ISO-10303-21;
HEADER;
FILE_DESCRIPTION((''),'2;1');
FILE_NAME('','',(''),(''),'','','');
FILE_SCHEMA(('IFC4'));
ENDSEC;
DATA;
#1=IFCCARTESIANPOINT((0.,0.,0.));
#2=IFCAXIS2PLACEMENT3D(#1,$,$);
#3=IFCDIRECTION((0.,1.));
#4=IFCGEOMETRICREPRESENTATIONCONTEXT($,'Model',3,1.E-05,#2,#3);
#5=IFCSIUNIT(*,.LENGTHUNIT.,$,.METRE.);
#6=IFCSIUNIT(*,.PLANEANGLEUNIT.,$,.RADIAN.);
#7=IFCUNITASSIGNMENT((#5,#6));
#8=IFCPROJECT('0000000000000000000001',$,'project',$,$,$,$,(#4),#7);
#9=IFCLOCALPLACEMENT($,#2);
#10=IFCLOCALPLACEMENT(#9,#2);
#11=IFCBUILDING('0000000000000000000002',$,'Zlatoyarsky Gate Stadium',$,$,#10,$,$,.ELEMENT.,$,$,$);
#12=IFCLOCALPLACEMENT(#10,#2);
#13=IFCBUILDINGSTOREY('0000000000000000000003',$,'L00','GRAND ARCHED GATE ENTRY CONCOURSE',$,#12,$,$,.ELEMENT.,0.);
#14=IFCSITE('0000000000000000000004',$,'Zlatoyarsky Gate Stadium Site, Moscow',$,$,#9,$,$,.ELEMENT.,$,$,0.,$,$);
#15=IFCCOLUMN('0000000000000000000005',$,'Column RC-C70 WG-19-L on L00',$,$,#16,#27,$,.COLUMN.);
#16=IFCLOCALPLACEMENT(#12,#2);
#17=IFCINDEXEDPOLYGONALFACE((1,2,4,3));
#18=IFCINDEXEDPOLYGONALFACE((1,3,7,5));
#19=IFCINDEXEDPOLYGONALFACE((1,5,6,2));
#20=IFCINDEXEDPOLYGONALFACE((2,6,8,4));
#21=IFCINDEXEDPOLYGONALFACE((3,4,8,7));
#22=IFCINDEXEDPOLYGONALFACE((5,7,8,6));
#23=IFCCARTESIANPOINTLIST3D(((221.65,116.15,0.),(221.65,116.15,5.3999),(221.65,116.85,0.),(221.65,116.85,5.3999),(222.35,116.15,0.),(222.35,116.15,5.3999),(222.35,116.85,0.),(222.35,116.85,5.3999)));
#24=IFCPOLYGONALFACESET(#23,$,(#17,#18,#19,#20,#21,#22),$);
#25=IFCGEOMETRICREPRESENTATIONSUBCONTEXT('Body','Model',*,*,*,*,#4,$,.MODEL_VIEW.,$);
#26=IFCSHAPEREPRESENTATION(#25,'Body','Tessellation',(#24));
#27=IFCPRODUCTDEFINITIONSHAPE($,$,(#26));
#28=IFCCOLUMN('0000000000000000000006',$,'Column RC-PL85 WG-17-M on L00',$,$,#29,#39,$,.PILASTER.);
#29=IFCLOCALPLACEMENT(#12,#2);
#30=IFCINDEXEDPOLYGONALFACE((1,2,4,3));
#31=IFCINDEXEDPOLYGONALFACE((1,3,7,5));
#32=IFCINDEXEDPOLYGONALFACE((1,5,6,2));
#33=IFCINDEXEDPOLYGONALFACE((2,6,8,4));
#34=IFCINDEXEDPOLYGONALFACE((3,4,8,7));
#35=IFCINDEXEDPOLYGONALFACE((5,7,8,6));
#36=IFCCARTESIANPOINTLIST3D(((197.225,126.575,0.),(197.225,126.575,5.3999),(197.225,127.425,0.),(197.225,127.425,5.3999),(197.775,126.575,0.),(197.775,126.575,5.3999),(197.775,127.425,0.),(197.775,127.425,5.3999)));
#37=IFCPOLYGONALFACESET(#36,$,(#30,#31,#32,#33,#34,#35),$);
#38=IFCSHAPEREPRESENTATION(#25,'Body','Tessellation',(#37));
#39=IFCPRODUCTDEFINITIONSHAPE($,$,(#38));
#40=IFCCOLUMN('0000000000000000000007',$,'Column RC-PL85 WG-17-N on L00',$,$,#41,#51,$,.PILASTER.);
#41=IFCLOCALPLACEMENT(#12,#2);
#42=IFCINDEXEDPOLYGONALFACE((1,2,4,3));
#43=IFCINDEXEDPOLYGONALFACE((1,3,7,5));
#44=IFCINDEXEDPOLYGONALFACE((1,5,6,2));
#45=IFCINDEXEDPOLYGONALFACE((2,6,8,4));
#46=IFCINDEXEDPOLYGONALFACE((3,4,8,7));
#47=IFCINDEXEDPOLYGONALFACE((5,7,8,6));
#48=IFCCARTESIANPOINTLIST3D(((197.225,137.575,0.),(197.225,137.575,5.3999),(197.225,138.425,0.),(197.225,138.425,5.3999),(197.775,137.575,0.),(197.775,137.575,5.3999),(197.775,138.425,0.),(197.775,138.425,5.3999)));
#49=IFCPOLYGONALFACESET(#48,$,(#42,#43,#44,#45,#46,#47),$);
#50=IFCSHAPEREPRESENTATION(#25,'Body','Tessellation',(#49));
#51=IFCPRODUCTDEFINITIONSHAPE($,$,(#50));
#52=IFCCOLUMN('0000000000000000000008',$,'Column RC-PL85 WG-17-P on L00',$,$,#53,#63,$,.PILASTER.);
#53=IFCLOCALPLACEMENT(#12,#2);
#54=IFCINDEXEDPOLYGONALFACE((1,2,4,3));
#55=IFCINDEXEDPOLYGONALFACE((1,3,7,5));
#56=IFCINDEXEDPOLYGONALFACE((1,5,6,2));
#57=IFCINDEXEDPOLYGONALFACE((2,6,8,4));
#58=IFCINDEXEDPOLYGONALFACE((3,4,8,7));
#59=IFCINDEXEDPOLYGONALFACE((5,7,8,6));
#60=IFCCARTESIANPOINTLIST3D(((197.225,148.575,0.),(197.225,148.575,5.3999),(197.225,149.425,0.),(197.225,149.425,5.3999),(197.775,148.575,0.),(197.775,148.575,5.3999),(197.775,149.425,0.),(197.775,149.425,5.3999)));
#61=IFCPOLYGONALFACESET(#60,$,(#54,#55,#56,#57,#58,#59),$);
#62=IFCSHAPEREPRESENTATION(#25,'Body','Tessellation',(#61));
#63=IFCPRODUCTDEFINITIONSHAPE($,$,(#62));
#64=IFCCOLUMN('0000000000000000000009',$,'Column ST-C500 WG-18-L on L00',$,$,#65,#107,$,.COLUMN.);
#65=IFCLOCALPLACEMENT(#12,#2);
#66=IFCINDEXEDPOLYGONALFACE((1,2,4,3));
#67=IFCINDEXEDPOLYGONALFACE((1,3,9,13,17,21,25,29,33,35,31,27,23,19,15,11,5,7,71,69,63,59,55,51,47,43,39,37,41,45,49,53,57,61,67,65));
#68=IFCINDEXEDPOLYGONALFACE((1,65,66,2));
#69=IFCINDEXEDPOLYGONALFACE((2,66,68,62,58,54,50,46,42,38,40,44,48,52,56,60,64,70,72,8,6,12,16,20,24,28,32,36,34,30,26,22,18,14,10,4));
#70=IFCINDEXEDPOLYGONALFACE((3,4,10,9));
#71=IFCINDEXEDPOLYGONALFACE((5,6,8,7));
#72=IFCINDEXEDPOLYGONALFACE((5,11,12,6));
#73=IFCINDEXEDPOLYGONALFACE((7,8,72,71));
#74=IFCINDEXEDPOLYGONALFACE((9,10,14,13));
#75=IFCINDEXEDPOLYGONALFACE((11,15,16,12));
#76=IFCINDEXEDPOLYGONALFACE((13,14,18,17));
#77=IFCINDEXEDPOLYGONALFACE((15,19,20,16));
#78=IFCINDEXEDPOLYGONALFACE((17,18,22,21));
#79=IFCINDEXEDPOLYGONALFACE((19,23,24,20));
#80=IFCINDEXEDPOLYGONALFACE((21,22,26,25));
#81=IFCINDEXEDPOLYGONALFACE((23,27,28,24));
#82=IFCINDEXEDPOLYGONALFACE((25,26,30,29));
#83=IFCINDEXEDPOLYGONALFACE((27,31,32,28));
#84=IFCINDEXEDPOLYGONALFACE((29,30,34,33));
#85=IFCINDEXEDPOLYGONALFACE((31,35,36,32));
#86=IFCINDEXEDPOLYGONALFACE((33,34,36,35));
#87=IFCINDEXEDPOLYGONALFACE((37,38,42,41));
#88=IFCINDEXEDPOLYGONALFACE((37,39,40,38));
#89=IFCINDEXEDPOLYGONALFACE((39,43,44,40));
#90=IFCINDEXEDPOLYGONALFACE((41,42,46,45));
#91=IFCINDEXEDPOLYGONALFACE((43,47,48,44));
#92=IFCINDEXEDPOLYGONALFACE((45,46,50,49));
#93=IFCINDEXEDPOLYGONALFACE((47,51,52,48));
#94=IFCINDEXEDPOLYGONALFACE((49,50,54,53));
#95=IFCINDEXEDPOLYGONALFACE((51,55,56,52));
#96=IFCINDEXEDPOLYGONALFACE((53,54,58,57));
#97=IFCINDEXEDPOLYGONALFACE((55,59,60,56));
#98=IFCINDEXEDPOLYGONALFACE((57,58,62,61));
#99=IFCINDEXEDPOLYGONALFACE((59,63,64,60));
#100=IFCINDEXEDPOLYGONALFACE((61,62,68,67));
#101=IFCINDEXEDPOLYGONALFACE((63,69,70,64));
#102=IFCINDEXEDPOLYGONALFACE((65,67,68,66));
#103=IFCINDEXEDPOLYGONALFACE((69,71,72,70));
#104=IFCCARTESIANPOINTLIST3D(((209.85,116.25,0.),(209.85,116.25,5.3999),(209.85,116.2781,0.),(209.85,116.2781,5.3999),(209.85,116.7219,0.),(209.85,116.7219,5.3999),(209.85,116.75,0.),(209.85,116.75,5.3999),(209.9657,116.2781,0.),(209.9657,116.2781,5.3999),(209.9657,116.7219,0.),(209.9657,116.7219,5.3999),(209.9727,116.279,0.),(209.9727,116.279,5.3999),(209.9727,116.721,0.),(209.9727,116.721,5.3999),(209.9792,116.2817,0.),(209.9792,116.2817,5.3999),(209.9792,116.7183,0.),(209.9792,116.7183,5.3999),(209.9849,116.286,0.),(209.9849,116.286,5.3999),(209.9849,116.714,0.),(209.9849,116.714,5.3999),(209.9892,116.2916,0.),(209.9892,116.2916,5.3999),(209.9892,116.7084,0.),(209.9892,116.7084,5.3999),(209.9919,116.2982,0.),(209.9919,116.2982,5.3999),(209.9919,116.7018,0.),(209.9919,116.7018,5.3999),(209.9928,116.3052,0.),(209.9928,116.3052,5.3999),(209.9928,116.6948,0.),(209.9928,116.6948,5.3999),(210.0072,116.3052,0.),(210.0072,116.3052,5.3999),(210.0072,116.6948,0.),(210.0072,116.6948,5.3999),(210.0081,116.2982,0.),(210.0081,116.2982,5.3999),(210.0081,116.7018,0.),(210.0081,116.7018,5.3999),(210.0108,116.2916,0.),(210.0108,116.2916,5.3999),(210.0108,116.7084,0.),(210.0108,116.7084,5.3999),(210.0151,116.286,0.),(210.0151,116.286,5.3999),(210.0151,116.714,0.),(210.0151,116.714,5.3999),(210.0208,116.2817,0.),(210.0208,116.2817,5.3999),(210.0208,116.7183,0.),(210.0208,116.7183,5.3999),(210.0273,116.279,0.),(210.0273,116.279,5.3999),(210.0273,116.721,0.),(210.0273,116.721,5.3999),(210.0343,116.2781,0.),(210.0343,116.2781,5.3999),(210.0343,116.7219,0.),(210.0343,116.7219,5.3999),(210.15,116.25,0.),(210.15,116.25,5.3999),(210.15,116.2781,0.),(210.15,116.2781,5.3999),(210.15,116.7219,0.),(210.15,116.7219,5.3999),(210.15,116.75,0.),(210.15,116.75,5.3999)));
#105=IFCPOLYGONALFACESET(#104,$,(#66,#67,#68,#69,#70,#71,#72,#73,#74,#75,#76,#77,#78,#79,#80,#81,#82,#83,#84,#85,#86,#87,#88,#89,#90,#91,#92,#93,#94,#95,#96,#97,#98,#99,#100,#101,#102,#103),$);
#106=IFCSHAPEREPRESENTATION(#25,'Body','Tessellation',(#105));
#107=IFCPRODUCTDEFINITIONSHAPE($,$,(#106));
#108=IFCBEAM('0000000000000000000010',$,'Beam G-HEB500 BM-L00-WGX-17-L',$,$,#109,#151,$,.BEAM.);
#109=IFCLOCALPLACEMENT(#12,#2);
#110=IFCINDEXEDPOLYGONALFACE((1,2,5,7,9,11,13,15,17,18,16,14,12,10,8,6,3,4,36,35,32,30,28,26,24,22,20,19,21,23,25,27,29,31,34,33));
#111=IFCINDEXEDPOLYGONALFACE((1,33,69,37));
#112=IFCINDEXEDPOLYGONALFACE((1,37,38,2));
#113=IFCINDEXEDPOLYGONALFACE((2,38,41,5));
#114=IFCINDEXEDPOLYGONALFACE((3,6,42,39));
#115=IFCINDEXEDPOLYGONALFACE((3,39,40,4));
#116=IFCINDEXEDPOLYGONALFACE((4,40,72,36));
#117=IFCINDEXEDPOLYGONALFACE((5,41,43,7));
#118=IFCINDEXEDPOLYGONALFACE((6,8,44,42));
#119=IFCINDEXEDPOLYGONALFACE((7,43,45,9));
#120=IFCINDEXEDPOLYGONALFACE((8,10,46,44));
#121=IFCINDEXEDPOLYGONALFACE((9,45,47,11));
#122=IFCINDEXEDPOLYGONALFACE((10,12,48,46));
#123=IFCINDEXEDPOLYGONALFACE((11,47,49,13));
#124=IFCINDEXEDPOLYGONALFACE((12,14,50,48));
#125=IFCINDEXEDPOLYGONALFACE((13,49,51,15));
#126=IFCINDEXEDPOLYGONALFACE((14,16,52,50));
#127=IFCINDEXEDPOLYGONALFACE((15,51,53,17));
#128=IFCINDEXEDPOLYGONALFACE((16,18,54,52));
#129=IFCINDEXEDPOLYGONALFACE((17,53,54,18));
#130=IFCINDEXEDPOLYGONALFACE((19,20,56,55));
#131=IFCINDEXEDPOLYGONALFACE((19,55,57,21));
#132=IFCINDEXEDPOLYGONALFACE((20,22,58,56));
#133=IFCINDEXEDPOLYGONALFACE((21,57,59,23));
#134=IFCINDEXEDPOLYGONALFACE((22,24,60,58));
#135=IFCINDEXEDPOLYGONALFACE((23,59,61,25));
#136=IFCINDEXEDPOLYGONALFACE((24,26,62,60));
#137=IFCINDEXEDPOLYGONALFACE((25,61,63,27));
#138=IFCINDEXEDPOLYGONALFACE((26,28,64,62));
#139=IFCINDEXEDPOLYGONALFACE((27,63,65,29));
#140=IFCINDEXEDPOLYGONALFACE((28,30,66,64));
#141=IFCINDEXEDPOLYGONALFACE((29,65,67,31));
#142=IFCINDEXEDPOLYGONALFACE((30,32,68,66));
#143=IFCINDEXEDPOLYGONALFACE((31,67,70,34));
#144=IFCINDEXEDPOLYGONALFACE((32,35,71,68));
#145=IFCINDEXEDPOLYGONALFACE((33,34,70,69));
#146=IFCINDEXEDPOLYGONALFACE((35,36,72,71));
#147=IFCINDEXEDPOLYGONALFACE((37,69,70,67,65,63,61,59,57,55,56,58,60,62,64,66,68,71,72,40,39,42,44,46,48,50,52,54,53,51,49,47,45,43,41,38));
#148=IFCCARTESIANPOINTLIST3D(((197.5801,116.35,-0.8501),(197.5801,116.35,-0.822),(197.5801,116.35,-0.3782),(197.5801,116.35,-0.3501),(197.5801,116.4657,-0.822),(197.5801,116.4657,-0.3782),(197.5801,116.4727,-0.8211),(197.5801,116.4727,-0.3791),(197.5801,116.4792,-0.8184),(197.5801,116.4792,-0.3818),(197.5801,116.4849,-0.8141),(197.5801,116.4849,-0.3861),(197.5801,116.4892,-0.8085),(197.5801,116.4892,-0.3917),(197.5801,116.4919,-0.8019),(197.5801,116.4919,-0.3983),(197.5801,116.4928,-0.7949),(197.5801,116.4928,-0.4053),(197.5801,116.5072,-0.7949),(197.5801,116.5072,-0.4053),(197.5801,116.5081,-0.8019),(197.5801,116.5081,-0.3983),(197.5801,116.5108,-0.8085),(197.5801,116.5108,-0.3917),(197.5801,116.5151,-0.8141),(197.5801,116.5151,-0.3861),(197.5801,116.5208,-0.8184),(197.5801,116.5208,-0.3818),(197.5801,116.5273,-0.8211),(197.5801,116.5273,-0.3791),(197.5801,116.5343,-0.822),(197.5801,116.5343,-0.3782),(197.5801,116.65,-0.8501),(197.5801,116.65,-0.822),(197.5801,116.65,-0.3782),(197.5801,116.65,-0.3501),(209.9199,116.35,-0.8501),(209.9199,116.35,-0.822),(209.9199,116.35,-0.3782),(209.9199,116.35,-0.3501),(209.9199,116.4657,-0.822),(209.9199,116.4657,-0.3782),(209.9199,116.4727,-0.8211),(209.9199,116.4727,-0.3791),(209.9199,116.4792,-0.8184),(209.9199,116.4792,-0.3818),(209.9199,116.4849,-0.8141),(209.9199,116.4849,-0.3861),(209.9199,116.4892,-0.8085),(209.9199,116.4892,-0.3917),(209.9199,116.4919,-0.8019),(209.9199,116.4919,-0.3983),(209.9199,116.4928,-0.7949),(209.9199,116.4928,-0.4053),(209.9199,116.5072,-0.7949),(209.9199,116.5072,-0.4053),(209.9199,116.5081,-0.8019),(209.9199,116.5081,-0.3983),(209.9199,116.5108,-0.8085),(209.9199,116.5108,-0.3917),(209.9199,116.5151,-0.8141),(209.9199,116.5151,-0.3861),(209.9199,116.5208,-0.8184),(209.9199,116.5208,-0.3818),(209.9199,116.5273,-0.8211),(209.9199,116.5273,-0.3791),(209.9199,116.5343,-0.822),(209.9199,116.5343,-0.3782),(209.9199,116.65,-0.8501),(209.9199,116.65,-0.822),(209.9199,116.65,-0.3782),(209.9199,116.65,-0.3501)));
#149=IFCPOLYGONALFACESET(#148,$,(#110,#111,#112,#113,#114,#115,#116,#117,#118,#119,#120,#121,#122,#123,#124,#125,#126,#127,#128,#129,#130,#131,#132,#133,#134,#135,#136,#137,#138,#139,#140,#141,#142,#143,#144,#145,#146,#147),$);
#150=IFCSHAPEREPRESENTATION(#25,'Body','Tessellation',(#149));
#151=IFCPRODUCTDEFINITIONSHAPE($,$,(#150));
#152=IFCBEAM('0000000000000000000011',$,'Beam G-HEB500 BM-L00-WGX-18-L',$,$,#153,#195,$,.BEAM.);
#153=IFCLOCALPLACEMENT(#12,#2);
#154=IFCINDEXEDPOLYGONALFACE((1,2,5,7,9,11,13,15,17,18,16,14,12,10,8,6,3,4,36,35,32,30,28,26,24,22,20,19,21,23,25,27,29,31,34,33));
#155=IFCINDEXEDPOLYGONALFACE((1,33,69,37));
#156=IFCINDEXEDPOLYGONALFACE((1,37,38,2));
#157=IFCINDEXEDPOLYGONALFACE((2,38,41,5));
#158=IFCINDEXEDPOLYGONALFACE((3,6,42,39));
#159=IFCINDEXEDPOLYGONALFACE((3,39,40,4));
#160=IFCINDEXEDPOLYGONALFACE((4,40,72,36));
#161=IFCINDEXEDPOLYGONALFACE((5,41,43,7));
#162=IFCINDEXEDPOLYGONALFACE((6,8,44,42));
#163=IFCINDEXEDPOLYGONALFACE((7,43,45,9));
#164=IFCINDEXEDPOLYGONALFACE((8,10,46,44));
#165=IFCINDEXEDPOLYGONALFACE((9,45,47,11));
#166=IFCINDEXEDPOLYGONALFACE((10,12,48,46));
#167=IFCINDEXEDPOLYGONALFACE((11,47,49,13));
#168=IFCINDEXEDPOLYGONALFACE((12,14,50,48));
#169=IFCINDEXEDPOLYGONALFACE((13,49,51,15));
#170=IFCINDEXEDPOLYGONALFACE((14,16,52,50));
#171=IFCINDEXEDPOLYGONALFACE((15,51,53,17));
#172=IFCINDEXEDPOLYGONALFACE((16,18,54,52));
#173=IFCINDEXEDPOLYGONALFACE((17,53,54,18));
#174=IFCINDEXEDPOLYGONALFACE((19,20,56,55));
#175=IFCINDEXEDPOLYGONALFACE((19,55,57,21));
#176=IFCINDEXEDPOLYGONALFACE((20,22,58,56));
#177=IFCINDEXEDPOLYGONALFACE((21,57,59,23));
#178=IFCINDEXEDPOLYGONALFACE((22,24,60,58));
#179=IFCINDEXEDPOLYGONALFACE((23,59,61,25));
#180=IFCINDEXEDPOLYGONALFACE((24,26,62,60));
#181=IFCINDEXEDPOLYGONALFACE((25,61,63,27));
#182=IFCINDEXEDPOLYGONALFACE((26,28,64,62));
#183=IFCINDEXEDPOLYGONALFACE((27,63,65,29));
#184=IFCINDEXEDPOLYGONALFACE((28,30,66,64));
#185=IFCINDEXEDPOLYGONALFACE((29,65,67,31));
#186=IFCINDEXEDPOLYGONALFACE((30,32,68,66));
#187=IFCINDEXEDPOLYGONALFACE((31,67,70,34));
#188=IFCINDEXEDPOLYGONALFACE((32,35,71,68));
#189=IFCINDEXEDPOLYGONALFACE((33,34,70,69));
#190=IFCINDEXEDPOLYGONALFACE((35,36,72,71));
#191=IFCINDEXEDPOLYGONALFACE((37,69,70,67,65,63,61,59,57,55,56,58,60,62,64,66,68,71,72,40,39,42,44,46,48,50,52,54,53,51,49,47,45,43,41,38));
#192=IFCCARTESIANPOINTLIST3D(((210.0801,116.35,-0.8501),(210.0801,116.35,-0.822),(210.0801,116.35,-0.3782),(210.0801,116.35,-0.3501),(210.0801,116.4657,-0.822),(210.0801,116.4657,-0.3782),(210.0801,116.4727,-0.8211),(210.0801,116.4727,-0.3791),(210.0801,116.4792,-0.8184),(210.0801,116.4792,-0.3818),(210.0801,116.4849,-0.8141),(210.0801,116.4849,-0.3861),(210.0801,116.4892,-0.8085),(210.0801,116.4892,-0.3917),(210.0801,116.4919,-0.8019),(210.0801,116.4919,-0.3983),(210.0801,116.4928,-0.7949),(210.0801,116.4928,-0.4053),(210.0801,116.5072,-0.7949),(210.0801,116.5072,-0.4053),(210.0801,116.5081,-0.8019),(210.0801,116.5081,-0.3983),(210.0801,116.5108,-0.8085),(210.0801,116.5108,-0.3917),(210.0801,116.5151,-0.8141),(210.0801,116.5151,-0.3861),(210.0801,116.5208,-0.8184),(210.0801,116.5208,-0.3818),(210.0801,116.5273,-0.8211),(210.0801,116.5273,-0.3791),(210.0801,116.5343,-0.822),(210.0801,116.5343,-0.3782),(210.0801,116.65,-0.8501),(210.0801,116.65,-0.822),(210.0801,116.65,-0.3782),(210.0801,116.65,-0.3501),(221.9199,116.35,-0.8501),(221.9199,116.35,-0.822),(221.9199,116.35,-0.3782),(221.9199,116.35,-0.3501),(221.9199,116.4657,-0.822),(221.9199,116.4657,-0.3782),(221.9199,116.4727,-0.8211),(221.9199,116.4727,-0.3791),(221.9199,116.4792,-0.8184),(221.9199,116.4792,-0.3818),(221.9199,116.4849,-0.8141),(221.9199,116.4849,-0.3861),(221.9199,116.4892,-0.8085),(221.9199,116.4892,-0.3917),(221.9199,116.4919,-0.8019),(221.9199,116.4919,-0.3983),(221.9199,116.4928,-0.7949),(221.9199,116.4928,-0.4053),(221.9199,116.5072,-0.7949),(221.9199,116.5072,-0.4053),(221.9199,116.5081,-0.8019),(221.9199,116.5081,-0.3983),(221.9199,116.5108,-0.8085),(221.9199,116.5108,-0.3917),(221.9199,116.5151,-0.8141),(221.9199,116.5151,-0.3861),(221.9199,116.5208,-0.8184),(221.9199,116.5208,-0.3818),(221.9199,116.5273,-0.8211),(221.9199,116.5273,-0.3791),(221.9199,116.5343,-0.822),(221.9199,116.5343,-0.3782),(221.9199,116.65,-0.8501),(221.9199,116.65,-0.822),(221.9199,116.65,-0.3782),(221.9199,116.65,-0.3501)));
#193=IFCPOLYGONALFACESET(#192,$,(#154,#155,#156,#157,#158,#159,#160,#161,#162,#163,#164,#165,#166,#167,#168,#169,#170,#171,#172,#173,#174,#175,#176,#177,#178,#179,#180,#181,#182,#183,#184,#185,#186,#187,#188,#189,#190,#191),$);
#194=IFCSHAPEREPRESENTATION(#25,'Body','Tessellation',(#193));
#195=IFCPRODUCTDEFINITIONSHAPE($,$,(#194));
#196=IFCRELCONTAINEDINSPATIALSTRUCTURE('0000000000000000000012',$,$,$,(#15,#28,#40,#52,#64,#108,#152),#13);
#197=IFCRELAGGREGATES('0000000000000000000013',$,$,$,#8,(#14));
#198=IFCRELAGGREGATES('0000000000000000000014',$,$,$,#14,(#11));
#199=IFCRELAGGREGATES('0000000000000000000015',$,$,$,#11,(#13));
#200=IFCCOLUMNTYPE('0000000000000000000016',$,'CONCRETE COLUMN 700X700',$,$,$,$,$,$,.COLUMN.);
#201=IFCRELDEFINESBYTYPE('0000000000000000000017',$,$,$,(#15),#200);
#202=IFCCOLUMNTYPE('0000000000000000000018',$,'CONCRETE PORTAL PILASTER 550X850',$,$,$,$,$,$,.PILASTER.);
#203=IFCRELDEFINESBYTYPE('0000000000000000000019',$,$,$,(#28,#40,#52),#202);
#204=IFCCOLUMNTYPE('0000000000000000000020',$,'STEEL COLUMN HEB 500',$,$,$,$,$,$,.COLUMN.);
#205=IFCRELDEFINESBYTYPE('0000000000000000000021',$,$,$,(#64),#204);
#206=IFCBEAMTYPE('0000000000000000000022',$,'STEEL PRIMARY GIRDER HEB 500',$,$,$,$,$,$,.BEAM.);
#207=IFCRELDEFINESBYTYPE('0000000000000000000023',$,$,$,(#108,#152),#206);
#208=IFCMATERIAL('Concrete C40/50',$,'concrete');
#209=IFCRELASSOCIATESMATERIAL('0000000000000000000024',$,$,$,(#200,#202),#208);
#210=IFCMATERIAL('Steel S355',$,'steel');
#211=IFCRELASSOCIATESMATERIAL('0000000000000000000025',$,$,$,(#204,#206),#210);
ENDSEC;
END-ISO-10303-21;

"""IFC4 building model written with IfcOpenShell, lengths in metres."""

from ifc_helpers import new_model, si_unit, direction, frame, origin, origin_2d, place, context, subcontext, project, spatial, rectangle, i_section, extrude, material, material_profile, profile_set, type_object, element, save


model = new_model("IFC4")

# Units and contexts
model_context = context("Model", 3, precision=1e-05, world=origin(), true_north=direction((0.0, 1.0)))
body_context = subcontext(model_context, "Body", "Model", "MODEL_VIEW")
ifc_project = project(units=[si_unit("LENGTHUNIT", "METRE"), si_unit("PLANEANGLEUNIT", "RADIAN")], contexts=[model_context])

# Site, building, storey
site_placement = place(None, origin())
site = spatial("IfcSite", under=ifc_project, at=site_placement, Name="Zlatoyarsky Gate Stadium Site, Moscow", CompositionType="ELEMENT", RefElevation=0.0)
building_placement = place(site_placement, origin())
building = spatial("IfcBuilding", under=site, at=building_placement, Name="Zlatoyarsky Gate Stadium", CompositionType="ELEMENT")
storey_placement = place(building_placement, origin())
storey = spatial("IfcBuildingStorey", under=building, at=storey_placement, Name="L00", Description="GRAND ARCHED GATE ENTRY CONCOURSE", CompositionType="ELEMENT", Elevation=0.0)

# Columns
ifc_material_1 = material(Name="Concrete C40/50", Category="concrete")
ifc_material_profile_1 = material_profile(ifc_material_1, rectangle(XDim=0.7, YDim=0.7, at=origin_2d()), Name="RC COL 700X700")
ifc_profile_set_1 = profile_set([ifc_material_profile_1], Name="Concrete C40/50")
column_type_1 = type_object("IfcColumnType", Name="CONCRETE COLUMN 700X700", PredefinedType="COLUMN", material=ifc_profile_set_1)
column_1_placement = place(storey_placement, frame((222.0, 116.5, 0.0), z_axis=(0.0, 0.0, 1.0), x_axis=(1.0, 0.0, 0.0)))
element("IfcColumn", 1, at=column_1_placement, inside=storey, type_object=column_type_1, Name="Column RC-C70 WG-19-L on L00", PredefinedType="COLUMN", context=body_context, shape_type="SweptSolid", body=[
    extrude(rectangle(XDim=0.7, YDim=0.7, at=origin_2d()), origin(), (0.0, 0.0, 1.0), 5.3999),
])
ifc_material_profile_2 = material_profile(ifc_material_1, rectangle(XDim=0.55, YDim=0.8501, at=origin_2d()), Name="RC PILASTER 550X850")
ifc_profile_set_2 = profile_set([ifc_material_profile_2], Name="Concrete C40/50")
column_type_2 = type_object("IfcColumnType", Name="CONCRETE PORTAL PILASTER 550X850", PredefinedType="PILASTER", material=ifc_profile_set_2)
for number, where, z_axis, x_axis, name in (
    (2, (197.5, 127.0, 0.0), (0.0, 0.0, 1.0), (1.0, 0.0, 0.0), "Column RC-PL85 WG-17-M on L00"),
    (3, (197.5, 138.0, 0.0), (0.0, 0.0, 1.0), (1.0, 0.0, 0.0), "Column RC-PL85 WG-17-N on L00"),
    (4, (197.5, 149.0, 0.0), (0.0, 0.0, 1.0), (1.0, 0.0, 0.0), "Column RC-PL85 WG-17-P on L00"),
):
    element("IfcColumn", number, at=place(storey_placement, frame(where, z_axis=z_axis, x_axis=x_axis)), inside=storey, type_object=column_type_2, Name=name, PredefinedType="PILASTER", context=body_context, shape_type="SweptSolid", body=[
        extrude(rectangle(XDim=0.55, YDim=0.8501, at=origin_2d()), origin(), (0.0, 0.0, 1.0), 5.3999),
    ])
ifc_material_2 = material(Name="Steel S355", Category="steel")
ifc_material_profile_3 = material_profile(ifc_material_2, i_section(OverallWidth=0.3, OverallDepth=0.5, WebThickness=0.0144, FlangeThickness=0.0281, FilletRadius=0.0271, at=origin_2d()), Name="HEB 500")
ifc_profile_set_3 = profile_set([ifc_material_profile_3], Name="Steel S355")
column_type_3 = type_object("IfcColumnType", Name="STEEL COLUMN HEB 500", PredefinedType="COLUMN", material=ifc_profile_set_3)
column_2_placement = place(storey_placement, frame((210.0, 116.5, 0.0), z_axis=(0.0, 0.0, 1.0), x_axis=(1.0, 0.0, 0.0)))
element("IfcColumn", 5, at=column_2_placement, inside=storey, type_object=column_type_3, Name="Column ST-C500 WG-18-L on L00", PredefinedType="COLUMN", context=body_context, shape_type="SweptSolid", body=[
    extrude(i_section(OverallWidth=0.3, OverallDepth=0.5, WebThickness=0.0144, FlangeThickness=0.0281, FilletRadius=0.0271, at=origin_2d()), origin(), (0.0, 0.0, 1.0), 5.3999),
])

# Beams
ifc_material_profile_4 = material_profile(ifc_material_2, i_section(OverallWidth=0.3, OverallDepth=0.5, WebThickness=0.0144, FlangeThickness=0.0281, FilletRadius=0.0271, at=origin_2d()), Name="HEB 500")
ifc_profile_set_4 = profile_set([ifc_material_profile_4], Name="Steel S355")
beam_type_1 = type_object("IfcBeamType", Name="STEEL PRIMARY GIRDER HEB 500", PredefinedType="BEAM", material=ifc_profile_set_4)
beam_1_placement = place(storey_placement, frame((197.5801, 116.5, -0.6001), z_axis=(1.0, 0.0, 0.0), x_axis=(0.0, 1.0, 0.0)))
element("IfcBeam", 6, at=beam_1_placement, inside=storey, type_object=beam_type_1, Name="Beam G-HEB500 BM-L00-WGX-17-L", PredefinedType="BEAM", context=body_context, shape_type="SweptSolid", body=[
    extrude(i_section(OverallWidth=0.3, OverallDepth=0.5, WebThickness=0.0144, FlangeThickness=0.0281, FilletRadius=0.0271, at=origin_2d()), origin(), (0.0, 0.0, 1.0), 12.3398),
])
beam_2_placement = place(storey_placement, frame((210.0801, 116.5, -0.6001), z_axis=(1.0, 0.0, 0.0), x_axis=(0.0, 1.0, 0.0)))
element("IfcBeam", 7, at=beam_2_placement, inside=storey, type_object=beam_type_1, Name="Beam G-HEB500 BM-L00-WGX-18-L", PredefinedType="BEAM", context=body_context, shape_type="SweptSolid", body=[
    extrude(i_section(OverallWidth=0.3, OverallDepth=0.5, WebThickness=0.0144, FlangeThickness=0.0281, FilletRadius=0.0271, at=origin_2d()), origin(), (0.0, 0.0, 1.0), 11.8398),
])

save(model, "model.ifc")
